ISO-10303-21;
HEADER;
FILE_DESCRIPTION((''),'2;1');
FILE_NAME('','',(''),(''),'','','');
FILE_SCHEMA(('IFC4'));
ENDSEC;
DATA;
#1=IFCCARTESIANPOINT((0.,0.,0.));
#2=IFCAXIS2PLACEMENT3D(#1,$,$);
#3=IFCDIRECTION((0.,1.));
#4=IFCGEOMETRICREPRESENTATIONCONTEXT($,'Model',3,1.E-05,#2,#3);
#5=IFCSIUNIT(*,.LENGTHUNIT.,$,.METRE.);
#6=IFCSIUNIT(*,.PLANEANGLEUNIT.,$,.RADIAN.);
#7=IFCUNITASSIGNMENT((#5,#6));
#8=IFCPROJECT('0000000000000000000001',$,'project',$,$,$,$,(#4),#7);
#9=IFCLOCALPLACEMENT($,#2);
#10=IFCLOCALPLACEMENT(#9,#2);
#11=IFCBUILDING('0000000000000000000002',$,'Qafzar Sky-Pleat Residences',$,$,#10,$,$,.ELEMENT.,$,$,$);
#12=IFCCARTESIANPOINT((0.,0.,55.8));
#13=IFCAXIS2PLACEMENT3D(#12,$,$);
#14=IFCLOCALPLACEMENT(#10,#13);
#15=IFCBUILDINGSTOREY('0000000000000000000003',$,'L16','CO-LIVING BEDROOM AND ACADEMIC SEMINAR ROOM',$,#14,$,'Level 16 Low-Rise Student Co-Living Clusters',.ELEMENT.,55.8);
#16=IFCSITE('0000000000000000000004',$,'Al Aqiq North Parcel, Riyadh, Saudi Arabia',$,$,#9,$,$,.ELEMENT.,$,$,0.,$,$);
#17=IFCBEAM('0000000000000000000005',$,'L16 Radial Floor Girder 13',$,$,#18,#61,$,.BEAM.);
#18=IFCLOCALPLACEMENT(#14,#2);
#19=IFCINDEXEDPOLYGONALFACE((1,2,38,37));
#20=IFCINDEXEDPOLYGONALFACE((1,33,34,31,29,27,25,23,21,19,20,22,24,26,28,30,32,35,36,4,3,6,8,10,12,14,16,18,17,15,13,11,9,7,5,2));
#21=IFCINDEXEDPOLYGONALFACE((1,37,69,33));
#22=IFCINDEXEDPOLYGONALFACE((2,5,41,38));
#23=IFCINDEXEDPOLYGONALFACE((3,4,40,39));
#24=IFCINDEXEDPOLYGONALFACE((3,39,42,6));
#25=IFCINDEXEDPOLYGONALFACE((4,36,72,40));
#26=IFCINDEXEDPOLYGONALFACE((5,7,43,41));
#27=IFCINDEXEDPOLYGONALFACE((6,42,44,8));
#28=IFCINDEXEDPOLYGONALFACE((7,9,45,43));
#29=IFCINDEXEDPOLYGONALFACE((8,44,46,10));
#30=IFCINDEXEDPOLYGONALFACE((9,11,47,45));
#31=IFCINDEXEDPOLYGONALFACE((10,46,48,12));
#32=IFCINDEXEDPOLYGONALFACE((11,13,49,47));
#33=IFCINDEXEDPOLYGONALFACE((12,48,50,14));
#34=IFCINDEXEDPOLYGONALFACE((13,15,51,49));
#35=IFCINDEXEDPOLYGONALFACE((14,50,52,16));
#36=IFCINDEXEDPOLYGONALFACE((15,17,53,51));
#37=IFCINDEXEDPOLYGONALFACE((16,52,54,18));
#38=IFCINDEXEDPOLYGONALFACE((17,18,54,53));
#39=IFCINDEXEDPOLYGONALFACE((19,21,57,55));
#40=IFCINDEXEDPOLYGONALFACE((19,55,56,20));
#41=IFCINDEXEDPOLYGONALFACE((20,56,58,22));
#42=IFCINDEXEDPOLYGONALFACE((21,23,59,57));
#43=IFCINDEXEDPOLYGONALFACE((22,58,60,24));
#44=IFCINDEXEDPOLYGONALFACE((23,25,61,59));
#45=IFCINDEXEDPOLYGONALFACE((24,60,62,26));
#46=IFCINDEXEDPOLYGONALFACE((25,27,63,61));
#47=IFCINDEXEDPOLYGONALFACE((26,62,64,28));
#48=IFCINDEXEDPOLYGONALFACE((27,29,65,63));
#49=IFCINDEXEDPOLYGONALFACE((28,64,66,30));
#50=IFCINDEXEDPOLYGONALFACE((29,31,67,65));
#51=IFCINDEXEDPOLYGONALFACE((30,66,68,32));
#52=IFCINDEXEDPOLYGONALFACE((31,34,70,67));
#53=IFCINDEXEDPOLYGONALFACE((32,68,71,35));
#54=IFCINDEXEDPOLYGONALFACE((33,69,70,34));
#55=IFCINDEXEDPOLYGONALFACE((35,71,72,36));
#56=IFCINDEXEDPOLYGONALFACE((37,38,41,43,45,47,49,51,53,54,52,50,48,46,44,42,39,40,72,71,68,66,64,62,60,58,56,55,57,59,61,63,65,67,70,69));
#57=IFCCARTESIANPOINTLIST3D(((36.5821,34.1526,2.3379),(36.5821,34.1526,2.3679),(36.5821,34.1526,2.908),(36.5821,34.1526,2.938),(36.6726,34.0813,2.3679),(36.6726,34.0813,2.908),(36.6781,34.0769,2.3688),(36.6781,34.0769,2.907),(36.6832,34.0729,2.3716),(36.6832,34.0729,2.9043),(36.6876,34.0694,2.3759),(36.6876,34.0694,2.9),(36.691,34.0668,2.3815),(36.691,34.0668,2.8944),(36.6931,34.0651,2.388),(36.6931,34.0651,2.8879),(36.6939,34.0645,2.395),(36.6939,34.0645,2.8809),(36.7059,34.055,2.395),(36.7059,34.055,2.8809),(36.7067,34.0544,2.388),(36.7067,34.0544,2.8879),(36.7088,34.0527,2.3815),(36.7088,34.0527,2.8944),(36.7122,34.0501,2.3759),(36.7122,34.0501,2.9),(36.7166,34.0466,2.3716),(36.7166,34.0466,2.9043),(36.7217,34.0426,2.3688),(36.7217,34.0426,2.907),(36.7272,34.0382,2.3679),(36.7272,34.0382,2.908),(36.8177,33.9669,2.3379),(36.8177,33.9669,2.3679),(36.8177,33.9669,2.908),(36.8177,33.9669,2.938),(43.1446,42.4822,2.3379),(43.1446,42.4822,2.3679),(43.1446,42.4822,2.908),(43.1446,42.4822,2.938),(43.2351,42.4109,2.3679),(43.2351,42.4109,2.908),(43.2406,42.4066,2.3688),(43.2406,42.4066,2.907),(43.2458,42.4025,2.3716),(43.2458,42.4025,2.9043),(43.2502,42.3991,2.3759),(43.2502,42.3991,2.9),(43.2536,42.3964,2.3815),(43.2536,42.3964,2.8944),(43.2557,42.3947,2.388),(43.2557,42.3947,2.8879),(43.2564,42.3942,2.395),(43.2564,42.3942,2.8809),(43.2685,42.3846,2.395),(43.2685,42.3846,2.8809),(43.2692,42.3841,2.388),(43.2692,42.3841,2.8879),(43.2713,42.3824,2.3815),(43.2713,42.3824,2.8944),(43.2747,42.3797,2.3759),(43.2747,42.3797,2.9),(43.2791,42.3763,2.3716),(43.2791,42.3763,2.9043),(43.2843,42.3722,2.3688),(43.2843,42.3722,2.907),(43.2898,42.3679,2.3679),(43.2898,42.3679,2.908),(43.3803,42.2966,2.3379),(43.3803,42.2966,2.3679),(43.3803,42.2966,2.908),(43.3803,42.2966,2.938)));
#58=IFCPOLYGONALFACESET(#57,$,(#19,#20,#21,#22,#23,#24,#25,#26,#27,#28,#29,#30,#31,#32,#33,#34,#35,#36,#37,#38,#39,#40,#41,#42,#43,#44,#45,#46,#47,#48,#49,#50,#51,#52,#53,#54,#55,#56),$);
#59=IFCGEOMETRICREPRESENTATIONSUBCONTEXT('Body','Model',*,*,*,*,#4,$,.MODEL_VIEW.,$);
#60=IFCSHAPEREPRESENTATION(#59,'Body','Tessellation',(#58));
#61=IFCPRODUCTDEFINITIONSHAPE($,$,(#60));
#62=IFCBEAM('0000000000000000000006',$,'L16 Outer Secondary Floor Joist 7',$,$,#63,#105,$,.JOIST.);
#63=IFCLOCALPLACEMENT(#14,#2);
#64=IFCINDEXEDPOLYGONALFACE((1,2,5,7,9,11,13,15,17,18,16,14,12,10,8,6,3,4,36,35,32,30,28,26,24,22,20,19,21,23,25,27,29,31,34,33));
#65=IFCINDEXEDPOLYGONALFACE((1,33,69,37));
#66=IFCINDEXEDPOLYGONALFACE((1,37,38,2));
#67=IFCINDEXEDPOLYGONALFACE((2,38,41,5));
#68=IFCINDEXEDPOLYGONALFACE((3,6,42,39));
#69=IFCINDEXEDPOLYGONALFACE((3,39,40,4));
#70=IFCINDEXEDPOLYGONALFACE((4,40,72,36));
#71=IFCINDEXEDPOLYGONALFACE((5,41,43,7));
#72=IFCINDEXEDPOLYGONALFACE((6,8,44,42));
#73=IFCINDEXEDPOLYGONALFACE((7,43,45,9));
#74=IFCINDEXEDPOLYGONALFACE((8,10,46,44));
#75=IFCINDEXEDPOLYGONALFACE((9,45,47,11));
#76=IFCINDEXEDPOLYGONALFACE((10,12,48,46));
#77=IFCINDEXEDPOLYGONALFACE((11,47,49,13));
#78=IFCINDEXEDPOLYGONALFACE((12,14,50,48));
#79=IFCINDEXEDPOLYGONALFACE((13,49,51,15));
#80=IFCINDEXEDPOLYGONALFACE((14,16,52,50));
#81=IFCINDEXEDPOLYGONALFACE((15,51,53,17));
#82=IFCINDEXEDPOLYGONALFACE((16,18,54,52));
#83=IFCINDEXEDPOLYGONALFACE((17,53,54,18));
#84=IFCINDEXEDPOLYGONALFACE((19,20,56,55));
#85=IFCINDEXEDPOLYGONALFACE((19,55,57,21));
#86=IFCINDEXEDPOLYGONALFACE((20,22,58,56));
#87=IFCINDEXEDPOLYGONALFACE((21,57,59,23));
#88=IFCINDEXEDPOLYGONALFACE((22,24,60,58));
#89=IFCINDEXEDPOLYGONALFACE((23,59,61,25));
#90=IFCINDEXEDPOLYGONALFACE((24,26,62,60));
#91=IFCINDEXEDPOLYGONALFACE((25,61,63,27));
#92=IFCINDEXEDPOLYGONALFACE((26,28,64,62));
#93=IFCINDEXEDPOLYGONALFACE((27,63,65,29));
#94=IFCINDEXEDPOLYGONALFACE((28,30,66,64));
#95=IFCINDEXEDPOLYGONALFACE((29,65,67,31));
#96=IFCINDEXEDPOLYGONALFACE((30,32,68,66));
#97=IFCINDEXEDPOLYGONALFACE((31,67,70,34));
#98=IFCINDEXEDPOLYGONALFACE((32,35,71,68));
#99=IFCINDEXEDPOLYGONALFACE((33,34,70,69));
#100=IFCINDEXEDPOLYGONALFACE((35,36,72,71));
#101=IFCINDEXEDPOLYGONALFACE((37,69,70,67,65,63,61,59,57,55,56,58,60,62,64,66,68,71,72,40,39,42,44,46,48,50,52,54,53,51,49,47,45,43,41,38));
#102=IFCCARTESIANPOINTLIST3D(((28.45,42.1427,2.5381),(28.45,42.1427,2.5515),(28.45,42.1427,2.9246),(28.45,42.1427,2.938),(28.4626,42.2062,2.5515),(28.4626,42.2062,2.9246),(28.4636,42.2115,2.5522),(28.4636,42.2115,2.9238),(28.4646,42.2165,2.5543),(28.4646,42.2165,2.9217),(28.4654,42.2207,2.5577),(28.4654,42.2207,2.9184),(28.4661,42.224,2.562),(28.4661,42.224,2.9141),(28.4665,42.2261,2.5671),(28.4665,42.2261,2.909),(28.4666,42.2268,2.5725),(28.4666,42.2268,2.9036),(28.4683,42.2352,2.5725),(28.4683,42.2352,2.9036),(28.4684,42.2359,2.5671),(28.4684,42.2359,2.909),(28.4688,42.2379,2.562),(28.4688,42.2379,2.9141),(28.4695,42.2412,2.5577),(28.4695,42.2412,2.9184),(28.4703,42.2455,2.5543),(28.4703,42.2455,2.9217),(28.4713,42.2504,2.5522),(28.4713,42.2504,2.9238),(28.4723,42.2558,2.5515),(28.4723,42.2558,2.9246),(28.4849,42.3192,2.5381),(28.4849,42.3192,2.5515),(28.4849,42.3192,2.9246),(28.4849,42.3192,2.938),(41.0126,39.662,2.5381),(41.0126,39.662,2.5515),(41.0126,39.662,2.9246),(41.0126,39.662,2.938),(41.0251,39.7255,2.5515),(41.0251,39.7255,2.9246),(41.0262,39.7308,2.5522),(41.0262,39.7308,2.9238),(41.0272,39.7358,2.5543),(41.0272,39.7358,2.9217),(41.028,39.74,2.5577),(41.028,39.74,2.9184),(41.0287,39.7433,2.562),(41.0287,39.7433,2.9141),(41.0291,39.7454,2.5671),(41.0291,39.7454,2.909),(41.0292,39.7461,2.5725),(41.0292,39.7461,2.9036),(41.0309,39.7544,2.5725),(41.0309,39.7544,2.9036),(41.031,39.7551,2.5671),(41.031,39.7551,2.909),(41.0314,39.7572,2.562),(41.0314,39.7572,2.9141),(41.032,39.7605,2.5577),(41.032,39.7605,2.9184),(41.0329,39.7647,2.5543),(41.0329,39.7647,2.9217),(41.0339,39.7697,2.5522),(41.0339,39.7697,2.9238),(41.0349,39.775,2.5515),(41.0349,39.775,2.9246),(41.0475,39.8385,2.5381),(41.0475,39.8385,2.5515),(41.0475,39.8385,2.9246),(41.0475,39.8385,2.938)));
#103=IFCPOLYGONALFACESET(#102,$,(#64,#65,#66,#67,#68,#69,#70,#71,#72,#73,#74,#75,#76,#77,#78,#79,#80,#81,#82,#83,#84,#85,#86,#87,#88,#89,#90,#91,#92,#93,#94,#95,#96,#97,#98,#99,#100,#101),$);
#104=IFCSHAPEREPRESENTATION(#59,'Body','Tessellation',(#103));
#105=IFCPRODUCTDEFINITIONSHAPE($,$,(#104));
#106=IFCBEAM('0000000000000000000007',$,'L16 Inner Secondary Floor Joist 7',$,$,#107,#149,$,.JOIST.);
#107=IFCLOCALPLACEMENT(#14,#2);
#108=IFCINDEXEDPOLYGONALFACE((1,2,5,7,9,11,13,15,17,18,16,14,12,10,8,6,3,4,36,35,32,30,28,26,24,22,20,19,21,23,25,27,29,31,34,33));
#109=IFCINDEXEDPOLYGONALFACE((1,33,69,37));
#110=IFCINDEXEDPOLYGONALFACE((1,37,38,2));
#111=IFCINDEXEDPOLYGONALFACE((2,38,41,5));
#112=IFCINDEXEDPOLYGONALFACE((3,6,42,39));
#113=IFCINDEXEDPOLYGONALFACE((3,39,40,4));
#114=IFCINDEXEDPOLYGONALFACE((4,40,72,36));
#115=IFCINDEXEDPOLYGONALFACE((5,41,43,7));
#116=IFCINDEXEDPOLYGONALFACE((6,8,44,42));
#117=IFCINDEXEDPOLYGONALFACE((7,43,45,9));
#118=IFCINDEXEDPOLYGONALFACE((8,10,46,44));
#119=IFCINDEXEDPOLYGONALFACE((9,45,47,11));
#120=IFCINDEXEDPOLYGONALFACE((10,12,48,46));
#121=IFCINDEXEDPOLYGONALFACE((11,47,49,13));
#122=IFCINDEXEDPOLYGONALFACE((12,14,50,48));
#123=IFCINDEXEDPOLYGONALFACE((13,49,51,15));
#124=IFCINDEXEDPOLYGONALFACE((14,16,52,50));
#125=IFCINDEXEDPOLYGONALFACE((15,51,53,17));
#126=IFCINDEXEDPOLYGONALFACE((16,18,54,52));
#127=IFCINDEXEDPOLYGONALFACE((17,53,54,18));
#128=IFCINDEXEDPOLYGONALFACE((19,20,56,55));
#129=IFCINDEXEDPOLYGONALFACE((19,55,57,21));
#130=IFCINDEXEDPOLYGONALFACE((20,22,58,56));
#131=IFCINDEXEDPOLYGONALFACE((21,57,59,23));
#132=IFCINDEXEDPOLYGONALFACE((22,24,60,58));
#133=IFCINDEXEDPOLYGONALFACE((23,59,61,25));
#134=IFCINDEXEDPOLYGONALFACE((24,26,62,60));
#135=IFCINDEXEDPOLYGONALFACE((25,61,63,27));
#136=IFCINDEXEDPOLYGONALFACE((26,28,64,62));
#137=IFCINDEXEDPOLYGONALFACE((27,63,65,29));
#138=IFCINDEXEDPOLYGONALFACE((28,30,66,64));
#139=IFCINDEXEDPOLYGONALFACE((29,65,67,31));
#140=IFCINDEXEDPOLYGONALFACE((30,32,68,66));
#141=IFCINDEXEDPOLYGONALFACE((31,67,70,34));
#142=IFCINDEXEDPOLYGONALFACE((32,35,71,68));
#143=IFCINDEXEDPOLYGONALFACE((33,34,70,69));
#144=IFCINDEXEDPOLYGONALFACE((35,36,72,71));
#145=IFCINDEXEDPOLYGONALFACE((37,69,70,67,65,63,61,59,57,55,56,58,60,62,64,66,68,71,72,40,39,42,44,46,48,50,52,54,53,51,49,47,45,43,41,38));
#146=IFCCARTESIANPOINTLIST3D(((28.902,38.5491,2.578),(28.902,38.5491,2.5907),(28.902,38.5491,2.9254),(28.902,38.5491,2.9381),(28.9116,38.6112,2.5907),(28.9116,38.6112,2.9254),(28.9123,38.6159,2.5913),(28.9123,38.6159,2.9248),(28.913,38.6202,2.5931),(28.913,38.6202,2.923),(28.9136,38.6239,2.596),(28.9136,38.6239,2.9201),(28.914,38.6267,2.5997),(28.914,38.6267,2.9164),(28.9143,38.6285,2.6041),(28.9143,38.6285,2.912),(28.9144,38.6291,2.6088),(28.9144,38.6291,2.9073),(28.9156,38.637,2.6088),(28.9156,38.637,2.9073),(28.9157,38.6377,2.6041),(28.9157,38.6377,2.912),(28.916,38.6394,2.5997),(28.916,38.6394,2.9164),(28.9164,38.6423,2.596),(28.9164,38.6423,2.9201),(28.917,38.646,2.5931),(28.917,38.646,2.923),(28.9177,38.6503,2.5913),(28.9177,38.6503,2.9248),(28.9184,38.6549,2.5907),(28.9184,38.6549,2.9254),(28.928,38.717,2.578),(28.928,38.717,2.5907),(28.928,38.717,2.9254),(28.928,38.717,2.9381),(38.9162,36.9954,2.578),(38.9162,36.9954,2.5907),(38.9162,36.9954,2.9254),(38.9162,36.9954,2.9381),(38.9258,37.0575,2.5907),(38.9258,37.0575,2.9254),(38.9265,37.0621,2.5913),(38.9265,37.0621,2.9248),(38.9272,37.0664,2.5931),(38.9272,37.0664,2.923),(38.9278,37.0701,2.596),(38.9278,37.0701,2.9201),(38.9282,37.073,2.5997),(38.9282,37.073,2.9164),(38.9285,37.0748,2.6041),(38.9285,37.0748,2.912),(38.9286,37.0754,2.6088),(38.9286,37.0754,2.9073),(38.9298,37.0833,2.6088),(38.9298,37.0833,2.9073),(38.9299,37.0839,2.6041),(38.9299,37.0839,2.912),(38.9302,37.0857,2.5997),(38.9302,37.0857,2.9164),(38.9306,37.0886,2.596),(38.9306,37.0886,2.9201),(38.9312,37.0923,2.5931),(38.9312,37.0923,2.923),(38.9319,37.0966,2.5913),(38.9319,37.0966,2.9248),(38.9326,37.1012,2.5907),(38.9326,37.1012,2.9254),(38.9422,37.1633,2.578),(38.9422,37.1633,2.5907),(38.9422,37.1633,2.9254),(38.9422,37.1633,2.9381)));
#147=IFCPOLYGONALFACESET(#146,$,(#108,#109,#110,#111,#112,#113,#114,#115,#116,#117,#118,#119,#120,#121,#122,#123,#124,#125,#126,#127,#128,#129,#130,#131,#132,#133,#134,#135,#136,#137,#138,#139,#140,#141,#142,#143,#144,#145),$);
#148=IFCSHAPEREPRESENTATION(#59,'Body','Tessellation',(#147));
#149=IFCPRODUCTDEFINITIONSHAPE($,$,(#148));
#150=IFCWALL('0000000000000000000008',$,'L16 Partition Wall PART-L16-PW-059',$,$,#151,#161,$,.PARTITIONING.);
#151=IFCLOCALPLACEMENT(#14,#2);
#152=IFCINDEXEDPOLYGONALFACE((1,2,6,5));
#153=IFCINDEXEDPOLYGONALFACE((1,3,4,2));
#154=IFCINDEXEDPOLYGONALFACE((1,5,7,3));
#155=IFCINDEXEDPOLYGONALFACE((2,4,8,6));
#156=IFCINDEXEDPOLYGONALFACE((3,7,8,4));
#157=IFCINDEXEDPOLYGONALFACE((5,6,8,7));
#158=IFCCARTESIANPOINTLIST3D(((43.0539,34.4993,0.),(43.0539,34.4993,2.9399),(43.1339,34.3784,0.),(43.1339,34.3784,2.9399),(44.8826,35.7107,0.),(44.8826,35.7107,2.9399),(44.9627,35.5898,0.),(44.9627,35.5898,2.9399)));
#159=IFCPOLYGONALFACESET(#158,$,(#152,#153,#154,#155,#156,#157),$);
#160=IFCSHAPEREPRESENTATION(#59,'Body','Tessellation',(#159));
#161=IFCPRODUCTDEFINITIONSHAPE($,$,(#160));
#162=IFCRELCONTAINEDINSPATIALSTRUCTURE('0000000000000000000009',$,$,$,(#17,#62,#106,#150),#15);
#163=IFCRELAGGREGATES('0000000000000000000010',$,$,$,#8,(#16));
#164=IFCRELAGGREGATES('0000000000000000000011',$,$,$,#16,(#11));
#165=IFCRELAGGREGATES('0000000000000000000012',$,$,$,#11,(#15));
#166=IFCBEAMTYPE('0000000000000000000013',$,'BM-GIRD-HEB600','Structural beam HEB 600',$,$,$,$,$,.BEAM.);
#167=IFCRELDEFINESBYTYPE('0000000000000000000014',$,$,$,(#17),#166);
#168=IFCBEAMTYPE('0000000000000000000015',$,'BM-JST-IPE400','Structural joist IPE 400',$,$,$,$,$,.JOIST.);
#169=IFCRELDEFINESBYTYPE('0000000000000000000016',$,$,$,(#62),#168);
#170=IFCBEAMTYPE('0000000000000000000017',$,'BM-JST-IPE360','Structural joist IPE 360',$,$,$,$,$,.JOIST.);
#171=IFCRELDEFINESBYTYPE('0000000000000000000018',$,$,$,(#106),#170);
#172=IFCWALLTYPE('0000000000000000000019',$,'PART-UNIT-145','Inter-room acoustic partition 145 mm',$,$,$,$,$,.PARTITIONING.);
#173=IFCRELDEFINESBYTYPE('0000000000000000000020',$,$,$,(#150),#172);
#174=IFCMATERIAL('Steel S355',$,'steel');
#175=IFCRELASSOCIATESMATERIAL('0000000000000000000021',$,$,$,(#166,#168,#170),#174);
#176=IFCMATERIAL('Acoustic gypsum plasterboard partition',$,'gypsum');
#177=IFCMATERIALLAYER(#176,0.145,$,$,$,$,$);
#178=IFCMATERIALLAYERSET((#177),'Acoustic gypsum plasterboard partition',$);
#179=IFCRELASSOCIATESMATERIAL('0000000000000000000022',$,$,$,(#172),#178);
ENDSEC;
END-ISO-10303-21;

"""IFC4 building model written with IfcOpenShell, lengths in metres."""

from ifc_helpers import new_model, si_unit, direction, frame, frame_2d, origin, origin_2d, place, context, subcontext, project, spatial, rectangle, i_section, extrude, source, transform, mapped, material, layer, layer_set, material_profile, profile_set, type_object, element, save


model = new_model("IFC4")

# Units and contexts
model_context = context("Model", 3, precision=1e-05, world=origin(), true_north=direction((0.0, 1.0)))
body_context = subcontext(model_context, "Body", "Model", "MODEL_VIEW")
ifc_project = project(units=[si_unit("LENGTHUNIT", "METRE"), si_unit("PLANEANGLEUNIT", "RADIAN")], contexts=[model_context])

# Site, building, storey
site_placement = place(None, origin())
site = spatial("IfcSite", under=ifc_project, at=site_placement, Name="Al Aqiq North Parcel, Riyadh, Saudi Arabia", CompositionType="ELEMENT", RefElevation=0.0)
building_placement = place(site_placement, origin())
building = spatial("IfcBuilding", under=site, at=building_placement, Name="Qafzar Sky-Pleat Residences", CompositionType="ELEMENT")
storey_placement = place(building_placement, frame((0.0, 0.0, 55.8)))
storey = spatial("IfcBuildingStorey", under=building, at=storey_placement, Name="L16", Description="CO-LIVING BEDROOM AND ACADEMIC SEMINAR ROOM", LongName="Level 16 Low-Rise Student Co-Living Clusters", CompositionType="ELEMENT", Elevation=55.8)

# Beams
ifc_material_1 = material(Name="Steel S355", Category="steel")
ifc_material_profile_1 = material_profile(ifc_material_1, i_section(OverallWidth=0.3, OverallDepth=0.6001, WebThickness=0.0154, FlangeThickness=0.03, FilletRadius=0.0271, at=origin_2d()), Name="HEB 600")
ifc_profile_set_1 = profile_set([ifc_material_profile_1], Name="Steel S355")
beam_type_1 = type_object("IfcBeamType", Name="BM-GIRD-HEB600", Description="Structural beam HEB 600", PredefinedType="BEAM", material=ifc_profile_set_1)
shared_shape_1 = source(origin(), body_context, "Body", "SweptSolid", [
    extrude(i_section(OverallWidth=0.3, OverallDepth=0.6001, WebThickness=0.0154, FlangeThickness=0.03, FilletRadius=0.0271, at=origin_2d()), origin(), (0.0, 0.0, 1.0), 10.6042),
])
beam_1_placement = place(storey_placement, frame((43.2625, 42.3894, 2.6379), z_axis=(-0.61886, -0.785501, 0.0), x_axis=(0.785501, -0.61886, 0.0)))
element("IfcBeam", 1, at=beam_1_placement, inside=storey, type_object=beam_type_1, Name="L16 Radial Floor Girder 13", PredefinedType="BEAM", context=body_context, shape_type="MappedRepresentation", body=[
    mapped(shared_shape_1, transform((0.0, 0.0, 0.0), x_axis=(1.0, 0.0, 0.0), y_axis=(0.0, 1.0, 0.0), z_axis=(0.0, 0.0, 1.0), scale=1.0)),
])
ifc_material_profile_2 = material_profile(ifc_material_1, i_section(OverallWidth=0.1799, OverallDepth=0.3999, WebThickness=0.0085, FlangeThickness=0.0134, FilletRadius=0.021, at=origin_2d()), Name="IPE 400")
ifc_profile_set_2 = profile_set([ifc_material_profile_2], Name="Steel S355")
beam_type_2 = type_object("IfcBeamType", Name="BM-JST-IPE400", Description="Structural joist IPE 400", PredefinedType="JOIST", material=ifc_profile_set_2)
shared_shape_2 = source(origin(), body_context, "Body", "SweptSolid", [
    extrude(i_section(OverallWidth=0.1799, OverallDepth=0.3999, WebThickness=0.0085, FlangeThickness=0.0134, FilletRadius=0.021, at=origin_2d()), origin(), (0.0, 0.0, 1.0), 12.8052),
])
beam_2_placement = place(storey_placement, frame((41.03, 39.7502, 2.738), z_axis=(-0.981055, 0.193729, 0.0), x_axis=(-0.193729, -0.981055, 0.0)))
element("IfcBeam", 2, at=beam_2_placement, inside=storey, type_object=beam_type_2, Name="L16 Outer Secondary Floor Joist 7", PredefinedType="JOIST", context=body_context, shape_type="MappedRepresentation", body=[
    mapped(shared_shape_2, transform((0.0, 0.0, 0.0), x_axis=(1.0, 0.0, 0.0), y_axis=(0.0, 1.0, 0.0), z_axis=(0.0, 0.0, 1.0), scale=1.0)),
])
ifc_material_profile_3 = material_profile(ifc_material_1, i_section(OverallWidth=0.1699, OverallDepth=0.3601, WebThickness=0.0081, FlangeThickness=0.0127, FilletRadius=0.0181, at=origin_2d()), Name="IPE 360")
ifc_profile_set_3 = profile_set([ifc_material_profile_3], Name="Steel S355")
beam_type_3 = type_object("IfcBeamType", Name="BM-JST-IPE360", Description="Structural joist IPE 360", PredefinedType="JOIST", material=ifc_profile_set_3)
shared_shape_3 = source(origin(), body_context, "Body", "SweptSolid", [
    extrude(i_section(OverallWidth=0.1699, OverallDepth=0.3601, WebThickness=0.0081, FlangeThickness=0.0127, FilletRadius=0.0181, at=origin_2d()), origin(), (0.0, 0.0, 1.0), 10.134),
])
beam_3_placement = place(storey_placement, frame((38.9292, 37.0793, 2.7581), z_axis=(-0.988177, 0.153317, 0.0), x_axis=(-0.153317, -0.988177, 0.0)))
element("IfcBeam", 3, at=beam_3_placement, inside=storey, type_object=beam_type_3, Name="L16 Inner Secondary Floor Joist 7", PredefinedType="JOIST", context=body_context, shape_type="MappedRepresentation", body=[
    mapped(shared_shape_3, transform((0.0, 0.0, 0.0), x_axis=(1.0, 0.0, 0.0), y_axis=(0.0, 1.0, 0.0), z_axis=(0.0, 0.0, 1.0), scale=1.0)),
])

# Wall
ifc_material_2 = material(Name="Acoustic gypsum plasterboard partition", Category="gypsum")
ifc_layer_1 = layer(ifc_material_2, 0.145)
ifc_layer_set_1 = layer_set([ifc_layer_1], Name="Acoustic gypsum plasterboard partition")
wall_type_1 = type_object("IfcWallType", Name="PART-UNIT-145", Description="Inter-room acoustic partition 145 mm", PredefinedType="PARTITIONING", material=ifc_layer_set_1)
wall_1_placement = place(storey_placement, frame((43.094, 34.439, 0.0), z_axis=(0.0, 0.0, 1.0), x_axis=(0.83369, 0.552232, 0.0)))
element("IfcWall", 4, at=wall_1_placement, inside=storey, type_object=wall_type_1, Name="L16 Partition Wall PART-L16-PW-059", PredefinedType="PARTITIONING", context=body_context, shape_type="SweptSolid", body=[
    extrude(rectangle(XDim=2.1936, YDim=0.145, at=frame_2d((1.0967, 0.0))), origin(), (0.0, 0.0, 1.0), 2.9399),
])

save(model, "model.ifc")
